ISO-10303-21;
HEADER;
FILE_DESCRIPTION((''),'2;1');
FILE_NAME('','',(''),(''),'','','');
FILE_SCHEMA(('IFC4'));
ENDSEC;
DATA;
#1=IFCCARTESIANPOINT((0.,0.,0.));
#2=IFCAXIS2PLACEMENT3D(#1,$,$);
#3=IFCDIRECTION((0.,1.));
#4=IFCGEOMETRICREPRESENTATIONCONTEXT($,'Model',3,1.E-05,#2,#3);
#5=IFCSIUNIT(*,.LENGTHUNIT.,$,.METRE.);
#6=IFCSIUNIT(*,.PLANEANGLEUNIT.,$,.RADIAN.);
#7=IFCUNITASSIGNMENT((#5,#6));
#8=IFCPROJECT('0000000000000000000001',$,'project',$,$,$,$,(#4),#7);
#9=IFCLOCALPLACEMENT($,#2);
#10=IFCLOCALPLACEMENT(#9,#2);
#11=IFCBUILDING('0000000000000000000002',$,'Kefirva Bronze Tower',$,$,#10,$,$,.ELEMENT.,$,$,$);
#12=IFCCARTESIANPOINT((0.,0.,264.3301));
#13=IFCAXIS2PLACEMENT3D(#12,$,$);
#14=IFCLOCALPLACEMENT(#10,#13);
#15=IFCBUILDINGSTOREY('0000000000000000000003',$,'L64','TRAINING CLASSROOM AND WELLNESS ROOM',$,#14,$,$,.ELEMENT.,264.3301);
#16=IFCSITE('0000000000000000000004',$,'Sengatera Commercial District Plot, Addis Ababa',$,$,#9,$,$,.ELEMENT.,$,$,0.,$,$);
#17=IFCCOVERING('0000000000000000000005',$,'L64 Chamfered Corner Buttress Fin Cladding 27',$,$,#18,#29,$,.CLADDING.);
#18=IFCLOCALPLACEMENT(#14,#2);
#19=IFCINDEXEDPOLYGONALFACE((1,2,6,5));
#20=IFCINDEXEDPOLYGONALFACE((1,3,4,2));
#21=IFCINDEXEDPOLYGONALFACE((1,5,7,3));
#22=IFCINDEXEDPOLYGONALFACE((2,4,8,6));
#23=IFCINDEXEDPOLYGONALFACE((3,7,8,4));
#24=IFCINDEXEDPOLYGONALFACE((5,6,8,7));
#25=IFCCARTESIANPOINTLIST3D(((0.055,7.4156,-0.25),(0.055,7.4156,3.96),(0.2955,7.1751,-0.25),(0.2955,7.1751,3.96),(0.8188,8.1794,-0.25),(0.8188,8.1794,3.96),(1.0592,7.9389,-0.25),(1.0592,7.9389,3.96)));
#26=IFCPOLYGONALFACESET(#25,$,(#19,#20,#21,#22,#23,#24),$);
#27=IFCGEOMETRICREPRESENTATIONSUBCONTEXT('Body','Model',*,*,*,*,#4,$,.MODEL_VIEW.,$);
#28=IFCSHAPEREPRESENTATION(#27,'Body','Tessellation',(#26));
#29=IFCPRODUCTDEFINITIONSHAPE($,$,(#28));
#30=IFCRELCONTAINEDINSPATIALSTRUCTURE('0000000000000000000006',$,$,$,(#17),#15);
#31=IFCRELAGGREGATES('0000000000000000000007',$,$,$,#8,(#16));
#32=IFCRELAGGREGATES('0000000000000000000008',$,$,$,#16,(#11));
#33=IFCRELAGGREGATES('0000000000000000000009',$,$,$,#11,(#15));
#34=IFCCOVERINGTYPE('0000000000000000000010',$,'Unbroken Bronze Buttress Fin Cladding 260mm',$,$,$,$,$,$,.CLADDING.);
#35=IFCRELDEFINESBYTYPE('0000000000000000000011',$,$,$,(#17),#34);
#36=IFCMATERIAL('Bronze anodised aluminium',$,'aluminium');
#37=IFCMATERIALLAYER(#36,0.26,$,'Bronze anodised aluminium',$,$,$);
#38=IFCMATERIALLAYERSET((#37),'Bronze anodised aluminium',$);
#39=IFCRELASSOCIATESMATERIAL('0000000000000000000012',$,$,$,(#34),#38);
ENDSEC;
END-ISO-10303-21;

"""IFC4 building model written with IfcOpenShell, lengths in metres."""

from ifc_helpers import new_model, si_unit, direction, frame, origin, origin_2d, place, context, subcontext, project, spatial, rectangle, extrude, material, layer, layer_set, type_object, element, save


model = new_model("IFC4")

# Units and contexts
model_context = context("Model", 3, precision=1e-05, world=origin(), true_north=direction((0.0, 1.0)))
body_context = subcontext(model_context, "Body", "Model", "MODEL_VIEW")
ifc_project = project(units=[si_unit("LENGTHUNIT", "METRE"), si_unit("PLANEANGLEUNIT", "RADIAN")], contexts=[model_context])

# Site, building, storey
site_placement = place(None, origin())
site = spatial("IfcSite", under=ifc_project, at=site_placement, Name="Sengatera Commercial District Plot, Addis Ababa", CompositionType="ELEMENT", RefElevation=0.0)
building_placement = place(site_placement, origin())
building = spatial("IfcBuilding", under=site, at=building_placement, Name="Kefirva Bronze Tower", CompositionType="ELEMENT")
storey_placement = place(building_placement, frame((0.0, 0.0, 264.3301)))
storey = spatial("IfcBuildingStorey", under=building, at=storey_placement, Name="L64", Description="TRAINING CLASSROOM AND WELLNESS ROOM", CompositionType="ELEMENT", Elevation=264.3301)

# Shared definitions
ifc_material_1 = material(Name="Bronze anodised aluminium", Category="aluminium")

# Covering
ifc_layer_1 = layer(ifc_material_1, 0.26, Name="Bronze anodised aluminium")
ifc_layer_set_1 = layer_set([ifc_layer_1], Name="Bronze anodised aluminium")
covering_type_1 = type_object("IfcCoveringType", Name="Unbroken Bronze Buttress Fin Cladding 260mm", PredefinedType="CLADDING", material=ifc_layer_set_1)
covering_1_placement = place(storey_placement, frame((0.5571, 7.6772, -0.25), z_axis=(0.0, 0.0, 1.0), x_axis=(0.707107, -0.707107, 0.0)))
element("IfcCovering", 1, at=covering_1_placement, inside=storey, type_object=covering_type_1, Name="L64 Chamfered Corner Buttress Fin Cladding 27", PredefinedType="CLADDING", context=body_context, shape_type="SweptSolid", body=[
    extrude(rectangle(XDim=0.3401, YDim=1.0801, at=origin_2d()), origin(), (0.0, 0.0, 1.0), 4.21),
])

save(model, "model.ifc")
